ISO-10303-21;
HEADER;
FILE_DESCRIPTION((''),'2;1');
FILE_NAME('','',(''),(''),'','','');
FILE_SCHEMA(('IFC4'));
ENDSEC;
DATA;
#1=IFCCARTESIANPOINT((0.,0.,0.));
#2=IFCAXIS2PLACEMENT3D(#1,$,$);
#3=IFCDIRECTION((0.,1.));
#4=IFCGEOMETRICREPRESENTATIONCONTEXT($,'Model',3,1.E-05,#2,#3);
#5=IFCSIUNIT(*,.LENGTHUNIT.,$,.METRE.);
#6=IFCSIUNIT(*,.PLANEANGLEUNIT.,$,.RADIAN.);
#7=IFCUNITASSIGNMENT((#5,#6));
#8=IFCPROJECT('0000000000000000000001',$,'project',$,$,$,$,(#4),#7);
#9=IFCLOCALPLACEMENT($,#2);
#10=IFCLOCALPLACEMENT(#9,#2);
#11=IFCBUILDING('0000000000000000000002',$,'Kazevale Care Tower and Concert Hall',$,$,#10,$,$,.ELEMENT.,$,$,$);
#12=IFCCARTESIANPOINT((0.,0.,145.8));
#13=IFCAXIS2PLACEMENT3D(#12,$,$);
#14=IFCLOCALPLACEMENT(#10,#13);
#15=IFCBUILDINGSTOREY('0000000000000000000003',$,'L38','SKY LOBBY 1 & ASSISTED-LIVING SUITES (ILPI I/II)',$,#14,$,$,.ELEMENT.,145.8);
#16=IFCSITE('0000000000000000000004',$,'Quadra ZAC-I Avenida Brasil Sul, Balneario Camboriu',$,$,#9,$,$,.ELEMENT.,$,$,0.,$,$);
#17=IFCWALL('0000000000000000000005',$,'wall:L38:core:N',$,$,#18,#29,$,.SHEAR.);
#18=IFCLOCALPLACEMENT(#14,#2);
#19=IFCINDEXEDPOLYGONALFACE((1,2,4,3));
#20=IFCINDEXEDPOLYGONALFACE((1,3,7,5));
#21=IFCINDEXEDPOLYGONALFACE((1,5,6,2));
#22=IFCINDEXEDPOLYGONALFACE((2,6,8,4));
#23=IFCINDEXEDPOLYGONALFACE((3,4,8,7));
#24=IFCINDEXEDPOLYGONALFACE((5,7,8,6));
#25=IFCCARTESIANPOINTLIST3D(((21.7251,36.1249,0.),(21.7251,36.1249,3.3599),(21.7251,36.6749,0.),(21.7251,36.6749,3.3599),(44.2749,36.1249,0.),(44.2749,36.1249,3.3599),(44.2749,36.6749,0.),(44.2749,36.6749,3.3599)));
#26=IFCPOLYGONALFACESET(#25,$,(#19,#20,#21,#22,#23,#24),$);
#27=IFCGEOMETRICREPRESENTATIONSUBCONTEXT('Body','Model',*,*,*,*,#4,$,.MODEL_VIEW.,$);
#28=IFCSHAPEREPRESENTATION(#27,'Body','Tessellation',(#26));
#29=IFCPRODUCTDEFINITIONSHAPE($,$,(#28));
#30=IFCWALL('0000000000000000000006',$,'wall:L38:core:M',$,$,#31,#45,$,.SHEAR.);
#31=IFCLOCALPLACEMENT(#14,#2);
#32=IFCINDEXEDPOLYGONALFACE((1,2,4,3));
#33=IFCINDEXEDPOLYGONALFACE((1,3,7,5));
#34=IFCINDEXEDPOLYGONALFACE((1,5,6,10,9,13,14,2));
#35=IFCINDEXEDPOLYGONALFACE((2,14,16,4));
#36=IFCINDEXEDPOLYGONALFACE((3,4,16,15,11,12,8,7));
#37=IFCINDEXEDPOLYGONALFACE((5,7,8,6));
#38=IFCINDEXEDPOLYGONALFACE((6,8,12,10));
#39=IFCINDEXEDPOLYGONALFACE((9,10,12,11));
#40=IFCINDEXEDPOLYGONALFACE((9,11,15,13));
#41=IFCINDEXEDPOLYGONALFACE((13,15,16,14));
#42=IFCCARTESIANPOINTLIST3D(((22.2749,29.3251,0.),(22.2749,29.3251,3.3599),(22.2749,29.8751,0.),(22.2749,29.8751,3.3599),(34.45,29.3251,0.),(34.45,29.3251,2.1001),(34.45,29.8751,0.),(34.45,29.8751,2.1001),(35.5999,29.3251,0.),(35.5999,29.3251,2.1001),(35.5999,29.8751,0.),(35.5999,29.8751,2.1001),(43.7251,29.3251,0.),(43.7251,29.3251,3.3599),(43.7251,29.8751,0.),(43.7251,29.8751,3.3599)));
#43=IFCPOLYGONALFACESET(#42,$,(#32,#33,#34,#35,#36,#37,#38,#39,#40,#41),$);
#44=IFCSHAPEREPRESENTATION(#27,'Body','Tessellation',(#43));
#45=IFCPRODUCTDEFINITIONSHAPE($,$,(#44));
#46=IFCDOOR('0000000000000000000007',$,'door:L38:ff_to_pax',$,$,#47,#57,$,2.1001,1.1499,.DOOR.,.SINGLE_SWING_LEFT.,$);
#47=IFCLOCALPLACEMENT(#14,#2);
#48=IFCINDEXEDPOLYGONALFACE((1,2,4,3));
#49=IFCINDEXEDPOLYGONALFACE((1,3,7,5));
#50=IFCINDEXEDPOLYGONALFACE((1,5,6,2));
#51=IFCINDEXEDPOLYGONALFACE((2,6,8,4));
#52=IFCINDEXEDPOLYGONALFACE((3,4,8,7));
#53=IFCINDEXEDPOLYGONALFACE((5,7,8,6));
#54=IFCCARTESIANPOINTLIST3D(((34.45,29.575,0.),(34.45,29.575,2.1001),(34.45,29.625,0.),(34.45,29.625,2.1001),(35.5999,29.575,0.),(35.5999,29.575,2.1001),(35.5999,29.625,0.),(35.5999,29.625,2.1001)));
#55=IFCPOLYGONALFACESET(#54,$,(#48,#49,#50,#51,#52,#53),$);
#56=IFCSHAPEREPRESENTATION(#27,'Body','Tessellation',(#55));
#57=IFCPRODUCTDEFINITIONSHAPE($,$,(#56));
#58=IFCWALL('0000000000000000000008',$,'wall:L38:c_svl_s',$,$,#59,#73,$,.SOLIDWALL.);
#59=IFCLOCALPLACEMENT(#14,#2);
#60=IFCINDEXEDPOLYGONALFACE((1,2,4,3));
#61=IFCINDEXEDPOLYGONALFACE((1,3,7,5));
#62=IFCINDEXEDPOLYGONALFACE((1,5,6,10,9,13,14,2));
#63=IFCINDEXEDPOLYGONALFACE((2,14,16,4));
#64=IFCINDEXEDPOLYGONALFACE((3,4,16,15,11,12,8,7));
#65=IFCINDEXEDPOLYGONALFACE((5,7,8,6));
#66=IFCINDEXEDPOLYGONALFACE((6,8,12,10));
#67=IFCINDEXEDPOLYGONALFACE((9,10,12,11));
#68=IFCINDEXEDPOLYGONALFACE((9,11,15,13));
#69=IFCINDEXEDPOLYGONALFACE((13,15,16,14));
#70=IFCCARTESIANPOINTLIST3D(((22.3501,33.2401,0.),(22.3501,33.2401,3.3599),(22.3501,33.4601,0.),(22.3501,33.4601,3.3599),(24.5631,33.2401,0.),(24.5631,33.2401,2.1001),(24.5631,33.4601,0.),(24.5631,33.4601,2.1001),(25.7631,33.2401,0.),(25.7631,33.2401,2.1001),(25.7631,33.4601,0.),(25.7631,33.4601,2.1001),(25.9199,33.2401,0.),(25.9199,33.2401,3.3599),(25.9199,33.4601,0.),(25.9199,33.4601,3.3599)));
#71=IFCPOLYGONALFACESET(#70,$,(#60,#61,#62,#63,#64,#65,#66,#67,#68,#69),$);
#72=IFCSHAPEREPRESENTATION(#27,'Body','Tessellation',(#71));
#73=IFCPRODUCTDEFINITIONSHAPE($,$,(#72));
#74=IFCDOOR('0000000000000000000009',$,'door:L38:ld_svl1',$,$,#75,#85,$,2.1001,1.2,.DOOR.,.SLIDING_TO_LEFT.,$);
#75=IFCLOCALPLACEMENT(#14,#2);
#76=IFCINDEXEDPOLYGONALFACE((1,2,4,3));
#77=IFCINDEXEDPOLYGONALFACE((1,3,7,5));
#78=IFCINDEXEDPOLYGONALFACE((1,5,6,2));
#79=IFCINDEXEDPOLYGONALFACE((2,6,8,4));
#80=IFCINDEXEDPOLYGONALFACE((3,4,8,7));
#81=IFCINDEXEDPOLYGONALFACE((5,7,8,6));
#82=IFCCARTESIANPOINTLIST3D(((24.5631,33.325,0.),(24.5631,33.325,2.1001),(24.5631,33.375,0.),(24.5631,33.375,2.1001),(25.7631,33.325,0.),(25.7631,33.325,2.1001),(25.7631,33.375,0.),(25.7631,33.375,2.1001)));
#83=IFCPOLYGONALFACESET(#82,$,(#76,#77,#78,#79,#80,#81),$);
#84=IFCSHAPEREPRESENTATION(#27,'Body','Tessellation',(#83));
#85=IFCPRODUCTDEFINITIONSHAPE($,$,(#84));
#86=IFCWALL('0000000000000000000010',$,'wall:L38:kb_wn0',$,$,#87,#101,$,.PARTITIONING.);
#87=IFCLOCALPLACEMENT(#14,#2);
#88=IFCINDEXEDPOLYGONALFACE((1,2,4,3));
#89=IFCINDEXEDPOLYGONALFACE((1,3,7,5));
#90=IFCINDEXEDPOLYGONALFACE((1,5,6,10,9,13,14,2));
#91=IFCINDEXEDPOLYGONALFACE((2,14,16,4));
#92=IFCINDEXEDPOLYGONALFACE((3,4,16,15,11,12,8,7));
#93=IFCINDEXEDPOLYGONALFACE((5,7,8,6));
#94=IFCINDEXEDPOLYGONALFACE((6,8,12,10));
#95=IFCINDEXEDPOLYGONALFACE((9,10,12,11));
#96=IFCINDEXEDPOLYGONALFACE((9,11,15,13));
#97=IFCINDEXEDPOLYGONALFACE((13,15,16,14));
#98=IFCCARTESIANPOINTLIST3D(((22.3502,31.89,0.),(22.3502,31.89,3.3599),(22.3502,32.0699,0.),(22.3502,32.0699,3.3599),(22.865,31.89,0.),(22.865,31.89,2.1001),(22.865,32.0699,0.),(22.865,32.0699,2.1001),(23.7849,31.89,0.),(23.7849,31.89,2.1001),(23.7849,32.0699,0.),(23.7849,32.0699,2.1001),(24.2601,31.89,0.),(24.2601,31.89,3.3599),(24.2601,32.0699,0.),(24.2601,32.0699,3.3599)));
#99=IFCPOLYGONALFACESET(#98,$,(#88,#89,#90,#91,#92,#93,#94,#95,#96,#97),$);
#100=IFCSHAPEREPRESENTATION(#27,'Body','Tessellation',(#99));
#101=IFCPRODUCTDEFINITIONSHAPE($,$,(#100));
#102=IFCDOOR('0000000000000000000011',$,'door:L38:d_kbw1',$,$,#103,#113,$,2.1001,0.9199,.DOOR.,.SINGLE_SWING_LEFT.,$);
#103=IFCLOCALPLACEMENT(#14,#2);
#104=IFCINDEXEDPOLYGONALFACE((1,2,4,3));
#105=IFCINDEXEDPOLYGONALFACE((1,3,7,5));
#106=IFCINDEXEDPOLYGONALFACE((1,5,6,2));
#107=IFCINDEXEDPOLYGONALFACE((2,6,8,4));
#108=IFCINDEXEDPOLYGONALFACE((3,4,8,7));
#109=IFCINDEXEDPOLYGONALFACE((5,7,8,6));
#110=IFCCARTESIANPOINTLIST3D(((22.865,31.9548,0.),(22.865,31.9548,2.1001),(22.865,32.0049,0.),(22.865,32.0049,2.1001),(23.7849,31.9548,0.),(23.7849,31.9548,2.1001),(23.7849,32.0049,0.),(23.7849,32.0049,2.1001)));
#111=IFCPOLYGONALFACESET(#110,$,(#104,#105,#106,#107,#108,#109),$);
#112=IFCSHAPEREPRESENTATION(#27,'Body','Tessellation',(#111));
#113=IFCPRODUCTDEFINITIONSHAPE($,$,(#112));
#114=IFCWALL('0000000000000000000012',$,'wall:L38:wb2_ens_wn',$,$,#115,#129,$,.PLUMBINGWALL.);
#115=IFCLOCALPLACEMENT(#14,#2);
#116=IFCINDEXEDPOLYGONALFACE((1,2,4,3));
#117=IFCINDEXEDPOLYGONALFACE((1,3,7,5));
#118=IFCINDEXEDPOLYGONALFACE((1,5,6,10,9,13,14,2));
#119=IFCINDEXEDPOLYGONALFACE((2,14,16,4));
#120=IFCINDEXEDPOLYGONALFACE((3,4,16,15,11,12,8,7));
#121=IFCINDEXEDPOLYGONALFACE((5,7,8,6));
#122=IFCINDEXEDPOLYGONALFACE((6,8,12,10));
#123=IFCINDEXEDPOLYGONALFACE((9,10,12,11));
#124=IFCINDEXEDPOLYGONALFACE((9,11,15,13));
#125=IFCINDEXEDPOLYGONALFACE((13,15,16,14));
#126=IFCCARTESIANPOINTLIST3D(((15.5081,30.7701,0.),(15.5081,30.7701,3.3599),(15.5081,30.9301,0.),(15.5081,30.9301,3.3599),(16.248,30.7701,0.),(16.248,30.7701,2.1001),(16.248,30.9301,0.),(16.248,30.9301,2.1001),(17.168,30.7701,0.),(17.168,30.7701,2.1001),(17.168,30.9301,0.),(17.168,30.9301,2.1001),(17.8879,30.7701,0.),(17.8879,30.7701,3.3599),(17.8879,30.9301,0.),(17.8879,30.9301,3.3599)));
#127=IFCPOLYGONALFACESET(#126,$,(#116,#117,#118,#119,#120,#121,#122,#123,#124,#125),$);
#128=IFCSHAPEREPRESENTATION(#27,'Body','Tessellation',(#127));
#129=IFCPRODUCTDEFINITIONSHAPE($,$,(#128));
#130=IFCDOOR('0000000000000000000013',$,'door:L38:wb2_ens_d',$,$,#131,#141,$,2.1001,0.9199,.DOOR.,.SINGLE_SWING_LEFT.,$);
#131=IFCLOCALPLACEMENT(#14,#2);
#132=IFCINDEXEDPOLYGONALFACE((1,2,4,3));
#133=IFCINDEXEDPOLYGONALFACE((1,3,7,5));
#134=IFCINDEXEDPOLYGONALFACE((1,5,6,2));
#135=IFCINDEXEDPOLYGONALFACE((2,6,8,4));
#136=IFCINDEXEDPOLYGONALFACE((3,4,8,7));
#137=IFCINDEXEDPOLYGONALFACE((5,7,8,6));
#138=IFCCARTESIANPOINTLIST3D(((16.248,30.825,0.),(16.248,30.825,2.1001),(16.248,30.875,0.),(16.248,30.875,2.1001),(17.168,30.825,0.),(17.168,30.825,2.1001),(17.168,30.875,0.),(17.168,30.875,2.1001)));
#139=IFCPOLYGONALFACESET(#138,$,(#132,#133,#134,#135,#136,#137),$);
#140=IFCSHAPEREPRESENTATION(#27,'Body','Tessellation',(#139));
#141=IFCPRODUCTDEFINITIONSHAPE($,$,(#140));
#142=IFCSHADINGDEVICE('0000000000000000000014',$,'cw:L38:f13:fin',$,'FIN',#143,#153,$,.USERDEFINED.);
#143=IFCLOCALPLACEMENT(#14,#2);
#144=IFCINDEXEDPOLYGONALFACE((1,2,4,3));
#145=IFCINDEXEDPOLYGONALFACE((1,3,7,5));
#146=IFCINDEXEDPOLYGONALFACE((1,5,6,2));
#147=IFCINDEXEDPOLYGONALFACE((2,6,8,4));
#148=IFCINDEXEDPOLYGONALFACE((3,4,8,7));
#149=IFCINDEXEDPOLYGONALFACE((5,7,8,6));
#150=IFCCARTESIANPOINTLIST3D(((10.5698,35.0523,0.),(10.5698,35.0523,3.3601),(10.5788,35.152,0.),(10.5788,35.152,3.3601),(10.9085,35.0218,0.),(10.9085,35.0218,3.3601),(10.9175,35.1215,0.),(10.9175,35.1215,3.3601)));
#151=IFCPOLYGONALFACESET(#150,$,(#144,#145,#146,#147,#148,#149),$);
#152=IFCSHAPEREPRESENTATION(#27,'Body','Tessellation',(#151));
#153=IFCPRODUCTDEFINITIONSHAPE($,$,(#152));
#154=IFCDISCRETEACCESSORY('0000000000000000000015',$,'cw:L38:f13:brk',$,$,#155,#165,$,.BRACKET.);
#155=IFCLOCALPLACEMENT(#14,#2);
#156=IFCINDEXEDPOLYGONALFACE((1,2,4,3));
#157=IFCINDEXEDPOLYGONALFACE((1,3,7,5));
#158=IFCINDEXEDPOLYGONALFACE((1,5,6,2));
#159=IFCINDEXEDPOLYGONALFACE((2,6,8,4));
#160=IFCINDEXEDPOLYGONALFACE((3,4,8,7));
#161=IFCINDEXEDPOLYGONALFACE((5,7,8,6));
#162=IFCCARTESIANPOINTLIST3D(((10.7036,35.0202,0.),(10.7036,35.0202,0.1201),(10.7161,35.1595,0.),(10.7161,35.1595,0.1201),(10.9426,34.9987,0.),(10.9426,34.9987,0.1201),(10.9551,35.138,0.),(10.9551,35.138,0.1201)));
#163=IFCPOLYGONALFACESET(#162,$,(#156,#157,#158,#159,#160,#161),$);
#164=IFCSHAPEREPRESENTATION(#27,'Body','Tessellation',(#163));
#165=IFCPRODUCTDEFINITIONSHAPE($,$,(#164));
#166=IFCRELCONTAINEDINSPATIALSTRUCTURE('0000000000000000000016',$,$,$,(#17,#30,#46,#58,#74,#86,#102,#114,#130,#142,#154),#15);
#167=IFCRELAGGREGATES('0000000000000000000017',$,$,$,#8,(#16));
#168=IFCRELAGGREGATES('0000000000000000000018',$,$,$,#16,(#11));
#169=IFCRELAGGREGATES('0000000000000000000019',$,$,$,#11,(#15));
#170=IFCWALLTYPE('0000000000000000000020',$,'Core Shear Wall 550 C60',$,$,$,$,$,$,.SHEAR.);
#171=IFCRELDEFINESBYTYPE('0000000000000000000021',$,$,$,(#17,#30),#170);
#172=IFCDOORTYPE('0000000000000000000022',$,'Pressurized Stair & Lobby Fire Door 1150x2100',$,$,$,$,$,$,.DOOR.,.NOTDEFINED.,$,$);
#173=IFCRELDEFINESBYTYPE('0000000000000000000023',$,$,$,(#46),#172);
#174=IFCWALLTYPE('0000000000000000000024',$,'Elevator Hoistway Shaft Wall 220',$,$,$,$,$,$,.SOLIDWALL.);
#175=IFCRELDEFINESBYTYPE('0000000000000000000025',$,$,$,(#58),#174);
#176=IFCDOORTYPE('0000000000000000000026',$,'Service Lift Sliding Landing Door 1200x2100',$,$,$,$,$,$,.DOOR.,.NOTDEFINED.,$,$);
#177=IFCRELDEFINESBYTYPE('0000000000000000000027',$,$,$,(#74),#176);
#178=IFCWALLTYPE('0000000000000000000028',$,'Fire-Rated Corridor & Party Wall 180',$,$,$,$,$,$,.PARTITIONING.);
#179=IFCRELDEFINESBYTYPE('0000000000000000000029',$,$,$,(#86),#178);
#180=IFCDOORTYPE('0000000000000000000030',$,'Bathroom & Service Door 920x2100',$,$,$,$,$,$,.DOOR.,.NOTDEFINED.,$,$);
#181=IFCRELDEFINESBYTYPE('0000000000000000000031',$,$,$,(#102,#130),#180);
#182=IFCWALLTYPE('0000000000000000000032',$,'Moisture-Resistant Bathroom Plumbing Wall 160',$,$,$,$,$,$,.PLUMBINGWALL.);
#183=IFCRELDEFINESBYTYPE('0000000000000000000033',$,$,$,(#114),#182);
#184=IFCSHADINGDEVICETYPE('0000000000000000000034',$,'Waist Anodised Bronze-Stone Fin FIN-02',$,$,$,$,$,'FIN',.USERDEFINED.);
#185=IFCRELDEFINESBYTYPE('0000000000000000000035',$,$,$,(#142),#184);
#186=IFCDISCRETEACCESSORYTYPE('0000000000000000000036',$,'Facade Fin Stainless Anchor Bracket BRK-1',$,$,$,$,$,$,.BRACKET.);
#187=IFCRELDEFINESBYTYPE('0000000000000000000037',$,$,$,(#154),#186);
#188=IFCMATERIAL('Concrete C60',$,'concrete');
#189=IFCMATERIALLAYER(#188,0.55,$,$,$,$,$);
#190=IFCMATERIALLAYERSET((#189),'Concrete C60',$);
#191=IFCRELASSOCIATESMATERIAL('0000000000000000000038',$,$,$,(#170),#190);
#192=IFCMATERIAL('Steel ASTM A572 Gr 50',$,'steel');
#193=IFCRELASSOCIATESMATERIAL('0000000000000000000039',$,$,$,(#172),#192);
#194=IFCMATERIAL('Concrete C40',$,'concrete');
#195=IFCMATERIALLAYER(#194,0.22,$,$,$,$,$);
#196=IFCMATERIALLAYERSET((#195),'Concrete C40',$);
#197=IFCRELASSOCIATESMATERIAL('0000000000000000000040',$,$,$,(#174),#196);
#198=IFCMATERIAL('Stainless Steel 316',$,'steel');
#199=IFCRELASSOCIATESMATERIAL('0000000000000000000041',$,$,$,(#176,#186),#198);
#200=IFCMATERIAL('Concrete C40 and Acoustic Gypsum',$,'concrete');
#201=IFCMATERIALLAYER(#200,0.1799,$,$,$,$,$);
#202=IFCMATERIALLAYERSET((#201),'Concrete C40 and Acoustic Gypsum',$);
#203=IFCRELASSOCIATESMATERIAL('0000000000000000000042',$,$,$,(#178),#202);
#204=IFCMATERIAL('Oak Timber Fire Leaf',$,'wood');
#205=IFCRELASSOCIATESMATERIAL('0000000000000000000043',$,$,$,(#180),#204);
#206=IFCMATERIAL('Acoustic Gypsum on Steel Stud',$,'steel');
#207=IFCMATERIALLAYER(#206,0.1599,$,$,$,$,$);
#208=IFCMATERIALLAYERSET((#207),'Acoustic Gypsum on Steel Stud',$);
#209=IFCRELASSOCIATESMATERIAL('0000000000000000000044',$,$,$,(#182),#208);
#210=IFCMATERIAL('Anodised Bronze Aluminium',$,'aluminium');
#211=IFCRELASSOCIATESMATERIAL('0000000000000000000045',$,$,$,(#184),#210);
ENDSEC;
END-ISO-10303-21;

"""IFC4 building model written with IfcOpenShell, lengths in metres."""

from ifc_helpers import new_model, si_unit, direction, frame, frame_2d, origin, origin_2d, place, context, subcontext, project, spatial, rectangle, extrude, material, layer, layer_set, type_object, element, fill, save


model = new_model("IFC4")

# Units and contexts
model_context = context("Model", 3, precision=1e-05, world=origin(), true_north=direction((0.0, 1.0)))
body_context = subcontext(model_context, "Body", "Model", "MODEL_VIEW")
ifc_project = project(units=[si_unit("LENGTHUNIT", "METRE"), si_unit("PLANEANGLEUNIT", "RADIAN")], contexts=[model_context])

# Site, building, storey
site_placement = place(None, origin())
site = spatial("IfcSite", under=ifc_project, at=site_placement, Name="Quadra ZAC-I Avenida Brasil Sul, Balneario Camboriu", CompositionType="ELEMENT", RefElevation=0.0)
building_placement = place(site_placement, origin())
building = spatial("IfcBuilding", under=site, at=building_placement, Name="Kazevale Care Tower and Concert Hall", CompositionType="ELEMENT")
storey_placement = place(building_placement, frame((0.0, 0.0, 145.8)))
storey = spatial("IfcBuildingStorey", under=building, at=storey_placement, Name="L38", Description="SKY LOBBY 1 & ASSISTED-LIVING SUITES (ILPI I/II)", CompositionType="ELEMENT", Elevation=145.8)

# Shared definitions
ifc_material_1 = material(Name="Concrete C60", Category="concrete")

# Shared definitions
ifc_material_2 = material(Name="Steel ASTM A572 Gr 50", Category="steel")

# Wall
ifc_layer_1 = layer(ifc_material_1, 0.55)
ifc_layer_set_1 = layer_set([ifc_layer_1], Name="Concrete C60")
wall_type_1 = type_object("IfcWallType", Name="Core Shear Wall 550 C60", PredefinedType="SHEAR", material=ifc_layer_set_1)
wall_1_placement = place(storey_placement, frame((21.7251, 36.3999, 0.0), z_axis=(0.0, 0.0, 1.0), x_axis=(1.0, 0.0, 0.0)))
element("IfcWall", 1, at=wall_1_placement, inside=storey, type_object=wall_type_1, Name="wall:L38:core:N", PredefinedType="SHEAR", context=body_context, shape_type="SweptSolid", body=[
    extrude(rectangle(XDim=22.5498, YDim=0.55, at=frame_2d((11.2749, 0.0))), origin(), (0.0, 0.0, 1.0), 3.3599),
])

# Walls, openings, doors
wall_2_placement = place(storey_placement, frame((22.2749, 29.6001, 0.0), z_axis=(0.0, 0.0, 1.0), x_axis=(1.0, 0.0, 0.0)))
wall_2 = element("IfcWall", 2, at=wall_2_placement, inside=storey, type_object=wall_type_1, Name="wall:L38:core:M", PredefinedType="SHEAR", context=body_context, shape_type="SweptSolid", body=[
    extrude(rectangle(XDim=21.4502, YDim=0.55, at=frame_2d((10.7251, 0.0))), origin(), (0.0, 0.0, 1.0), 3.3599),
])
opening_1_placement = place(wall_2_placement, frame((12.175, 0.0, 0.0)))
opening_1 = element("IfcOpeningElement", 3, at=opening_1_placement, cuts=wall_2, PredefinedType="OPENING", context=body_context, shape_type="SweptSolid", body=[
    extrude(rectangle(XDim=1.1499, YDim=2.1001, at=frame_2d((0.575, 1.05))), frame((0.0, 0.2849, 0.0), z_axis=(0.0, -1.0, 0.0), x_axis=(1.0, 0.0, 0.0)), (0.0, 0.0, 1.0), 0.5701),
])
door_type_1 = type_object("IfcDoorType", Name="Pressurized Stair & Lobby Fire Door 1150x2100", OperationType="NOTDEFINED", PredefinedType="DOOR", material=ifc_material_2)
door_1_placement = place(opening_1_placement, origin())
door_1 = element("IfcDoor", 4, at=door_1_placement, inside=storey, type_object=door_type_1, Name="door:L38:ff_to_pax", OperationType="SINGLE_SWING_LEFT", OverallHeight=2.1001, OverallWidth=1.1499, PredefinedType="DOOR", context=body_context, shape_type="SweptSolid", body=[
    extrude(rectangle(XDim=1.1499, YDim=2.1001, at=frame_2d((0.575, 1.05))), frame((0.0, 0.0249, 0.0), z_axis=(0.0, -1.0, 0.0), x_axis=(1.0, 0.0, 0.0)), (0.0, 0.0, 1.0), 0.05),
])
fill(opening_1, door_1)
ifc_material_3 = material(Name="Concrete C40", Category="concrete")
ifc_layer_2 = layer(ifc_material_3, 0.22)
ifc_layer_set_2 = layer_set([ifc_layer_2], Name="Concrete C40")
wall_type_2 = type_object("IfcWallType", Name="Elevator Hoistway Shaft Wall 220", PredefinedType="SOLIDWALL", material=ifc_layer_set_2)
wall_3_placement = place(storey_placement, frame((22.3501, 33.3501, 0.0), z_axis=(0.0, 0.0, 1.0), x_axis=(1.0, 0.0, 0.0)))
wall_3 = element("IfcWall", 5, at=wall_3_placement, inside=storey, type_object=wall_type_2, Name="wall:L38:c_svl_s", PredefinedType="SOLIDWALL", context=body_context, shape_type="SweptSolid", body=[
    extrude(rectangle(XDim=3.5698, YDim=0.22, at=frame_2d((1.7849, 0.0))), origin(), (0.0, 0.0, 1.0), 3.3599),
])
opening_2_placement = place(wall_3_placement, frame((2.2129, 0.0, 0.0)))
opening_2 = element("IfcOpeningElement", 6, at=opening_2_placement, cuts=wall_3, PredefinedType="OPENING", context=body_context, shape_type="SweptSolid", body=[
    extrude(rectangle(XDim=1.2, YDim=2.1001, at=frame_2d((0.6001, 1.05))), frame((0.0, 0.1199, 0.0), z_axis=(0.0, -1.0, 0.0), x_axis=(1.0, 0.0, 0.0)), (0.0, 0.0, 1.0), 0.24),
])
ifc_material_4 = material(Name="Stainless Steel 316", Category="steel")
door_type_2 = type_object("IfcDoorType", Name="Service Lift Sliding Landing Door 1200x2100", OperationType="NOTDEFINED", PredefinedType="DOOR", material=ifc_material_4)
door_2_placement = place(opening_2_placement, origin())
door_2 = element("IfcDoor", 7, at=door_2_placement, inside=storey, type_object=door_type_2, Name="door:L38:ld_svl1", OperationType="SLIDING_TO_LEFT", OverallHeight=2.1001, OverallWidth=1.2, PredefinedType="DOOR", context=body_context, shape_type="SweptSolid", body=[
    extrude(rectangle(XDim=1.2, YDim=2.1001, at=frame_2d((0.6001, 1.05))), frame((0.0, 0.0249, 0.0), z_axis=(0.0, -1.0, 0.0), x_axis=(1.0, 0.0, 0.0)), (0.0, 0.0, 1.0), 0.05),
])
fill(opening_2, door_2)
ifc_material_5 = material(Name="Concrete C40 and Acoustic Gypsum", Category="concrete")
ifc_layer_3 = layer(ifc_material_5, 0.1799)
ifc_layer_set_3 = layer_set([ifc_layer_3], Name="Concrete C40 and Acoustic Gypsum")
wall_type_3 = type_object("IfcWallType", Name="Fire-Rated Corridor & Party Wall 180", PredefinedType="PARTITIONING", material=ifc_layer_set_3)
wall_4_placement = place(storey_placement, frame((22.3501, 31.98, 0.0), z_axis=(0.0, 0.0, 1.0), x_axis=(1.0, 0.0, 0.0)))
wall_4 = element("IfcWall", 8, at=wall_4_placement, inside=storey, type_object=wall_type_3, Name="wall:L38:kb_wn0", PredefinedType="PARTITIONING", context=body_context, shape_type="SweptSolid", body=[
    extrude(rectangle(XDim=1.9099, YDim=0.1799, at=frame_2d((0.9551, 0.0))), origin(), (0.0, 0.0, 1.0), 3.3599),
])
opening_3_placement = place(wall_4_placement, frame((0.5149, 0.0, 0.0)))
opening_3 = element("IfcOpeningElement", 9, at=opening_3_placement, cuts=wall_4, PredefinedType="OPENING", context=body_context, shape_type="SweptSolid", body=[
    extrude(rectangle(XDim=0.9199, YDim=2.1001, at=frame_2d((0.46, 1.05))), frame((0.0, 0.0999, 0.0), z_axis=(0.0, -1.0, 0.0), x_axis=(1.0, 0.0, 0.0)), (0.0, 0.0, 1.0), 0.2),
])
ifc_material_6 = material(Name="Oak Timber Fire Leaf", Category="wood")
door_type_3 = type_object("IfcDoorType", Name="Bathroom & Service Door 920x2100", OperationType="NOTDEFINED", PredefinedType="DOOR", material=ifc_material_6)
door_3_placement = place(opening_3_placement, origin())
door_3 = element("IfcDoor", 10, at=door_3_placement, inside=storey, type_object=door_type_3, Name="door:L38:d_kbw1", OperationType="SINGLE_SWING_LEFT", OverallHeight=2.1001, OverallWidth=0.9199, PredefinedType="DOOR", context=body_context, shape_type="SweptSolid", body=[
    extrude(rectangle(XDim=0.9199, YDim=2.1001, at=frame_2d((0.46, 1.05))), frame((0.0, 0.0249, 0.0), z_axis=(0.0, -1.0, 0.0), x_axis=(1.0, 0.0, 0.0)), (0.0, 0.0, 1.0), 0.05),
])
fill(opening_3, door_3)
ifc_material_7 = material(Name="Acoustic Gypsum on Steel Stud", Category="steel")
ifc_layer_4 = layer(ifc_material_7, 0.1599)
ifc_layer_set_4 = layer_set([ifc_layer_4], Name="Acoustic Gypsum on Steel Stud")
wall_type_4 = type_object("IfcWallType", Name="Moisture-Resistant Bathroom Plumbing Wall 160", PredefinedType="PLUMBINGWALL", material=ifc_layer_set_4)
wall_5_placement = place(storey_placement, frame((15.5081, 30.8501, 0.0), z_axis=(0.0, 0.0, 1.0), x_axis=(1.0, 0.0, 0.0)))
wall_5 = element("IfcWall", 11, at=wall_5_placement, inside=storey, type_object=wall_type_4, Name="wall:L38:wb2_ens_wn", PredefinedType="PLUMBINGWALL", context=body_context, shape_type="SweptSolid", body=[
    extrude(rectangle(XDim=2.3799, YDim=0.1599, at=frame_2d((1.1899, 0.0))), origin(), (0.0, 0.0, 1.0), 3.3599),
])
opening_4_placement = place(wall_5_placement, frame((0.74, 0.0, 0.0)))
opening_4 = element("IfcOpeningElement", 12, at=opening_4_placement, cuts=wall_5, PredefinedType="OPENING", context=body_context, shape_type="SweptSolid", body=[
    extrude(rectangle(XDim=0.9199, YDim=2.1001, at=frame_2d((0.46, 1.05))), frame((0.0, 0.0898, 0.0), z_axis=(0.0, -1.0, 0.0), x_axis=(1.0, 0.0, 0.0)), (0.0, 0.0, 1.0), 0.1799),
])
door_4_placement = place(opening_4_placement, origin())
door_4 = element("IfcDoor", 13, at=door_4_placement, inside=storey, type_object=door_type_3, Name="door:L38:wb2_ens_d", OperationType="SINGLE_SWING_LEFT", OverallHeight=2.1001, OverallWidth=0.9199, PredefinedType="DOOR", context=body_context, shape_type="SweptSolid", body=[
    extrude(rectangle(XDim=0.9199, YDim=2.1001, at=frame_2d((0.46, 1.05))), frame((0.0, 0.0249, 0.0), z_axis=(0.0, -1.0, 0.0), x_axis=(1.0, 0.0, 0.0)), (0.0, 0.0, 1.0), 0.05),
])
fill(opening_4, door_4)

# Shading device
ifc_material_8 = material(Name="Anodised Bronze Aluminium", Category="aluminium")
shading_device_type = type_object("IfcShadingDeviceType", Name="Waist Anodised Bronze-Stone Fin FIN-02", ElementType="FIN", PredefinedType="USERDEFINED", material=ifc_material_8)
shading_device_placement = place(storey_placement, frame((10.7437, 35.0869, 0.0), z_axis=(0.0, 0.0, 1.0), x_axis=(-0.995963, 0.089763, 0.0)))
element("IfcShadingDevice", 14, at=shading_device_placement, inside=storey, type_object=shading_device_type, Name="cw:L38:f13:fin", ObjectType="FIN", PredefinedType="USERDEFINED", context=body_context, shape_type="SweptSolid", body=[
    extrude(rectangle(XDim=0.3401, YDim=0.1001, at=origin_2d()), origin(), (0.0, 0.0, 1.0), 3.3601),
])

# Discrete accessory
discrete_accessory_type = type_object("IfcDiscreteAccessoryType", Name="Facade Fin Stainless Anchor Bracket BRK-1", PredefinedType="BRACKET", material=ifc_material_4)
discrete_accessory_placement = place(storey_placement, frame((10.8293, 35.0791, 0.0), z_axis=(0.0, 0.0, 1.0), x_axis=(-0.995963, 0.089763, 0.0)))
element("IfcDiscreteAccessory", 15, at=discrete_accessory_placement, inside=storey, type_object=discrete_accessory_type, Name="cw:L38:f13:brk", PredefinedType="BRACKET", context=body_context, shape_type="SweptSolid", body=[
    extrude(rectangle(XDim=0.24, YDim=0.1399, at=origin_2d()), origin(), (0.0, 0.0, 1.0), 0.1201),
])

save(model, "model.ifc")
